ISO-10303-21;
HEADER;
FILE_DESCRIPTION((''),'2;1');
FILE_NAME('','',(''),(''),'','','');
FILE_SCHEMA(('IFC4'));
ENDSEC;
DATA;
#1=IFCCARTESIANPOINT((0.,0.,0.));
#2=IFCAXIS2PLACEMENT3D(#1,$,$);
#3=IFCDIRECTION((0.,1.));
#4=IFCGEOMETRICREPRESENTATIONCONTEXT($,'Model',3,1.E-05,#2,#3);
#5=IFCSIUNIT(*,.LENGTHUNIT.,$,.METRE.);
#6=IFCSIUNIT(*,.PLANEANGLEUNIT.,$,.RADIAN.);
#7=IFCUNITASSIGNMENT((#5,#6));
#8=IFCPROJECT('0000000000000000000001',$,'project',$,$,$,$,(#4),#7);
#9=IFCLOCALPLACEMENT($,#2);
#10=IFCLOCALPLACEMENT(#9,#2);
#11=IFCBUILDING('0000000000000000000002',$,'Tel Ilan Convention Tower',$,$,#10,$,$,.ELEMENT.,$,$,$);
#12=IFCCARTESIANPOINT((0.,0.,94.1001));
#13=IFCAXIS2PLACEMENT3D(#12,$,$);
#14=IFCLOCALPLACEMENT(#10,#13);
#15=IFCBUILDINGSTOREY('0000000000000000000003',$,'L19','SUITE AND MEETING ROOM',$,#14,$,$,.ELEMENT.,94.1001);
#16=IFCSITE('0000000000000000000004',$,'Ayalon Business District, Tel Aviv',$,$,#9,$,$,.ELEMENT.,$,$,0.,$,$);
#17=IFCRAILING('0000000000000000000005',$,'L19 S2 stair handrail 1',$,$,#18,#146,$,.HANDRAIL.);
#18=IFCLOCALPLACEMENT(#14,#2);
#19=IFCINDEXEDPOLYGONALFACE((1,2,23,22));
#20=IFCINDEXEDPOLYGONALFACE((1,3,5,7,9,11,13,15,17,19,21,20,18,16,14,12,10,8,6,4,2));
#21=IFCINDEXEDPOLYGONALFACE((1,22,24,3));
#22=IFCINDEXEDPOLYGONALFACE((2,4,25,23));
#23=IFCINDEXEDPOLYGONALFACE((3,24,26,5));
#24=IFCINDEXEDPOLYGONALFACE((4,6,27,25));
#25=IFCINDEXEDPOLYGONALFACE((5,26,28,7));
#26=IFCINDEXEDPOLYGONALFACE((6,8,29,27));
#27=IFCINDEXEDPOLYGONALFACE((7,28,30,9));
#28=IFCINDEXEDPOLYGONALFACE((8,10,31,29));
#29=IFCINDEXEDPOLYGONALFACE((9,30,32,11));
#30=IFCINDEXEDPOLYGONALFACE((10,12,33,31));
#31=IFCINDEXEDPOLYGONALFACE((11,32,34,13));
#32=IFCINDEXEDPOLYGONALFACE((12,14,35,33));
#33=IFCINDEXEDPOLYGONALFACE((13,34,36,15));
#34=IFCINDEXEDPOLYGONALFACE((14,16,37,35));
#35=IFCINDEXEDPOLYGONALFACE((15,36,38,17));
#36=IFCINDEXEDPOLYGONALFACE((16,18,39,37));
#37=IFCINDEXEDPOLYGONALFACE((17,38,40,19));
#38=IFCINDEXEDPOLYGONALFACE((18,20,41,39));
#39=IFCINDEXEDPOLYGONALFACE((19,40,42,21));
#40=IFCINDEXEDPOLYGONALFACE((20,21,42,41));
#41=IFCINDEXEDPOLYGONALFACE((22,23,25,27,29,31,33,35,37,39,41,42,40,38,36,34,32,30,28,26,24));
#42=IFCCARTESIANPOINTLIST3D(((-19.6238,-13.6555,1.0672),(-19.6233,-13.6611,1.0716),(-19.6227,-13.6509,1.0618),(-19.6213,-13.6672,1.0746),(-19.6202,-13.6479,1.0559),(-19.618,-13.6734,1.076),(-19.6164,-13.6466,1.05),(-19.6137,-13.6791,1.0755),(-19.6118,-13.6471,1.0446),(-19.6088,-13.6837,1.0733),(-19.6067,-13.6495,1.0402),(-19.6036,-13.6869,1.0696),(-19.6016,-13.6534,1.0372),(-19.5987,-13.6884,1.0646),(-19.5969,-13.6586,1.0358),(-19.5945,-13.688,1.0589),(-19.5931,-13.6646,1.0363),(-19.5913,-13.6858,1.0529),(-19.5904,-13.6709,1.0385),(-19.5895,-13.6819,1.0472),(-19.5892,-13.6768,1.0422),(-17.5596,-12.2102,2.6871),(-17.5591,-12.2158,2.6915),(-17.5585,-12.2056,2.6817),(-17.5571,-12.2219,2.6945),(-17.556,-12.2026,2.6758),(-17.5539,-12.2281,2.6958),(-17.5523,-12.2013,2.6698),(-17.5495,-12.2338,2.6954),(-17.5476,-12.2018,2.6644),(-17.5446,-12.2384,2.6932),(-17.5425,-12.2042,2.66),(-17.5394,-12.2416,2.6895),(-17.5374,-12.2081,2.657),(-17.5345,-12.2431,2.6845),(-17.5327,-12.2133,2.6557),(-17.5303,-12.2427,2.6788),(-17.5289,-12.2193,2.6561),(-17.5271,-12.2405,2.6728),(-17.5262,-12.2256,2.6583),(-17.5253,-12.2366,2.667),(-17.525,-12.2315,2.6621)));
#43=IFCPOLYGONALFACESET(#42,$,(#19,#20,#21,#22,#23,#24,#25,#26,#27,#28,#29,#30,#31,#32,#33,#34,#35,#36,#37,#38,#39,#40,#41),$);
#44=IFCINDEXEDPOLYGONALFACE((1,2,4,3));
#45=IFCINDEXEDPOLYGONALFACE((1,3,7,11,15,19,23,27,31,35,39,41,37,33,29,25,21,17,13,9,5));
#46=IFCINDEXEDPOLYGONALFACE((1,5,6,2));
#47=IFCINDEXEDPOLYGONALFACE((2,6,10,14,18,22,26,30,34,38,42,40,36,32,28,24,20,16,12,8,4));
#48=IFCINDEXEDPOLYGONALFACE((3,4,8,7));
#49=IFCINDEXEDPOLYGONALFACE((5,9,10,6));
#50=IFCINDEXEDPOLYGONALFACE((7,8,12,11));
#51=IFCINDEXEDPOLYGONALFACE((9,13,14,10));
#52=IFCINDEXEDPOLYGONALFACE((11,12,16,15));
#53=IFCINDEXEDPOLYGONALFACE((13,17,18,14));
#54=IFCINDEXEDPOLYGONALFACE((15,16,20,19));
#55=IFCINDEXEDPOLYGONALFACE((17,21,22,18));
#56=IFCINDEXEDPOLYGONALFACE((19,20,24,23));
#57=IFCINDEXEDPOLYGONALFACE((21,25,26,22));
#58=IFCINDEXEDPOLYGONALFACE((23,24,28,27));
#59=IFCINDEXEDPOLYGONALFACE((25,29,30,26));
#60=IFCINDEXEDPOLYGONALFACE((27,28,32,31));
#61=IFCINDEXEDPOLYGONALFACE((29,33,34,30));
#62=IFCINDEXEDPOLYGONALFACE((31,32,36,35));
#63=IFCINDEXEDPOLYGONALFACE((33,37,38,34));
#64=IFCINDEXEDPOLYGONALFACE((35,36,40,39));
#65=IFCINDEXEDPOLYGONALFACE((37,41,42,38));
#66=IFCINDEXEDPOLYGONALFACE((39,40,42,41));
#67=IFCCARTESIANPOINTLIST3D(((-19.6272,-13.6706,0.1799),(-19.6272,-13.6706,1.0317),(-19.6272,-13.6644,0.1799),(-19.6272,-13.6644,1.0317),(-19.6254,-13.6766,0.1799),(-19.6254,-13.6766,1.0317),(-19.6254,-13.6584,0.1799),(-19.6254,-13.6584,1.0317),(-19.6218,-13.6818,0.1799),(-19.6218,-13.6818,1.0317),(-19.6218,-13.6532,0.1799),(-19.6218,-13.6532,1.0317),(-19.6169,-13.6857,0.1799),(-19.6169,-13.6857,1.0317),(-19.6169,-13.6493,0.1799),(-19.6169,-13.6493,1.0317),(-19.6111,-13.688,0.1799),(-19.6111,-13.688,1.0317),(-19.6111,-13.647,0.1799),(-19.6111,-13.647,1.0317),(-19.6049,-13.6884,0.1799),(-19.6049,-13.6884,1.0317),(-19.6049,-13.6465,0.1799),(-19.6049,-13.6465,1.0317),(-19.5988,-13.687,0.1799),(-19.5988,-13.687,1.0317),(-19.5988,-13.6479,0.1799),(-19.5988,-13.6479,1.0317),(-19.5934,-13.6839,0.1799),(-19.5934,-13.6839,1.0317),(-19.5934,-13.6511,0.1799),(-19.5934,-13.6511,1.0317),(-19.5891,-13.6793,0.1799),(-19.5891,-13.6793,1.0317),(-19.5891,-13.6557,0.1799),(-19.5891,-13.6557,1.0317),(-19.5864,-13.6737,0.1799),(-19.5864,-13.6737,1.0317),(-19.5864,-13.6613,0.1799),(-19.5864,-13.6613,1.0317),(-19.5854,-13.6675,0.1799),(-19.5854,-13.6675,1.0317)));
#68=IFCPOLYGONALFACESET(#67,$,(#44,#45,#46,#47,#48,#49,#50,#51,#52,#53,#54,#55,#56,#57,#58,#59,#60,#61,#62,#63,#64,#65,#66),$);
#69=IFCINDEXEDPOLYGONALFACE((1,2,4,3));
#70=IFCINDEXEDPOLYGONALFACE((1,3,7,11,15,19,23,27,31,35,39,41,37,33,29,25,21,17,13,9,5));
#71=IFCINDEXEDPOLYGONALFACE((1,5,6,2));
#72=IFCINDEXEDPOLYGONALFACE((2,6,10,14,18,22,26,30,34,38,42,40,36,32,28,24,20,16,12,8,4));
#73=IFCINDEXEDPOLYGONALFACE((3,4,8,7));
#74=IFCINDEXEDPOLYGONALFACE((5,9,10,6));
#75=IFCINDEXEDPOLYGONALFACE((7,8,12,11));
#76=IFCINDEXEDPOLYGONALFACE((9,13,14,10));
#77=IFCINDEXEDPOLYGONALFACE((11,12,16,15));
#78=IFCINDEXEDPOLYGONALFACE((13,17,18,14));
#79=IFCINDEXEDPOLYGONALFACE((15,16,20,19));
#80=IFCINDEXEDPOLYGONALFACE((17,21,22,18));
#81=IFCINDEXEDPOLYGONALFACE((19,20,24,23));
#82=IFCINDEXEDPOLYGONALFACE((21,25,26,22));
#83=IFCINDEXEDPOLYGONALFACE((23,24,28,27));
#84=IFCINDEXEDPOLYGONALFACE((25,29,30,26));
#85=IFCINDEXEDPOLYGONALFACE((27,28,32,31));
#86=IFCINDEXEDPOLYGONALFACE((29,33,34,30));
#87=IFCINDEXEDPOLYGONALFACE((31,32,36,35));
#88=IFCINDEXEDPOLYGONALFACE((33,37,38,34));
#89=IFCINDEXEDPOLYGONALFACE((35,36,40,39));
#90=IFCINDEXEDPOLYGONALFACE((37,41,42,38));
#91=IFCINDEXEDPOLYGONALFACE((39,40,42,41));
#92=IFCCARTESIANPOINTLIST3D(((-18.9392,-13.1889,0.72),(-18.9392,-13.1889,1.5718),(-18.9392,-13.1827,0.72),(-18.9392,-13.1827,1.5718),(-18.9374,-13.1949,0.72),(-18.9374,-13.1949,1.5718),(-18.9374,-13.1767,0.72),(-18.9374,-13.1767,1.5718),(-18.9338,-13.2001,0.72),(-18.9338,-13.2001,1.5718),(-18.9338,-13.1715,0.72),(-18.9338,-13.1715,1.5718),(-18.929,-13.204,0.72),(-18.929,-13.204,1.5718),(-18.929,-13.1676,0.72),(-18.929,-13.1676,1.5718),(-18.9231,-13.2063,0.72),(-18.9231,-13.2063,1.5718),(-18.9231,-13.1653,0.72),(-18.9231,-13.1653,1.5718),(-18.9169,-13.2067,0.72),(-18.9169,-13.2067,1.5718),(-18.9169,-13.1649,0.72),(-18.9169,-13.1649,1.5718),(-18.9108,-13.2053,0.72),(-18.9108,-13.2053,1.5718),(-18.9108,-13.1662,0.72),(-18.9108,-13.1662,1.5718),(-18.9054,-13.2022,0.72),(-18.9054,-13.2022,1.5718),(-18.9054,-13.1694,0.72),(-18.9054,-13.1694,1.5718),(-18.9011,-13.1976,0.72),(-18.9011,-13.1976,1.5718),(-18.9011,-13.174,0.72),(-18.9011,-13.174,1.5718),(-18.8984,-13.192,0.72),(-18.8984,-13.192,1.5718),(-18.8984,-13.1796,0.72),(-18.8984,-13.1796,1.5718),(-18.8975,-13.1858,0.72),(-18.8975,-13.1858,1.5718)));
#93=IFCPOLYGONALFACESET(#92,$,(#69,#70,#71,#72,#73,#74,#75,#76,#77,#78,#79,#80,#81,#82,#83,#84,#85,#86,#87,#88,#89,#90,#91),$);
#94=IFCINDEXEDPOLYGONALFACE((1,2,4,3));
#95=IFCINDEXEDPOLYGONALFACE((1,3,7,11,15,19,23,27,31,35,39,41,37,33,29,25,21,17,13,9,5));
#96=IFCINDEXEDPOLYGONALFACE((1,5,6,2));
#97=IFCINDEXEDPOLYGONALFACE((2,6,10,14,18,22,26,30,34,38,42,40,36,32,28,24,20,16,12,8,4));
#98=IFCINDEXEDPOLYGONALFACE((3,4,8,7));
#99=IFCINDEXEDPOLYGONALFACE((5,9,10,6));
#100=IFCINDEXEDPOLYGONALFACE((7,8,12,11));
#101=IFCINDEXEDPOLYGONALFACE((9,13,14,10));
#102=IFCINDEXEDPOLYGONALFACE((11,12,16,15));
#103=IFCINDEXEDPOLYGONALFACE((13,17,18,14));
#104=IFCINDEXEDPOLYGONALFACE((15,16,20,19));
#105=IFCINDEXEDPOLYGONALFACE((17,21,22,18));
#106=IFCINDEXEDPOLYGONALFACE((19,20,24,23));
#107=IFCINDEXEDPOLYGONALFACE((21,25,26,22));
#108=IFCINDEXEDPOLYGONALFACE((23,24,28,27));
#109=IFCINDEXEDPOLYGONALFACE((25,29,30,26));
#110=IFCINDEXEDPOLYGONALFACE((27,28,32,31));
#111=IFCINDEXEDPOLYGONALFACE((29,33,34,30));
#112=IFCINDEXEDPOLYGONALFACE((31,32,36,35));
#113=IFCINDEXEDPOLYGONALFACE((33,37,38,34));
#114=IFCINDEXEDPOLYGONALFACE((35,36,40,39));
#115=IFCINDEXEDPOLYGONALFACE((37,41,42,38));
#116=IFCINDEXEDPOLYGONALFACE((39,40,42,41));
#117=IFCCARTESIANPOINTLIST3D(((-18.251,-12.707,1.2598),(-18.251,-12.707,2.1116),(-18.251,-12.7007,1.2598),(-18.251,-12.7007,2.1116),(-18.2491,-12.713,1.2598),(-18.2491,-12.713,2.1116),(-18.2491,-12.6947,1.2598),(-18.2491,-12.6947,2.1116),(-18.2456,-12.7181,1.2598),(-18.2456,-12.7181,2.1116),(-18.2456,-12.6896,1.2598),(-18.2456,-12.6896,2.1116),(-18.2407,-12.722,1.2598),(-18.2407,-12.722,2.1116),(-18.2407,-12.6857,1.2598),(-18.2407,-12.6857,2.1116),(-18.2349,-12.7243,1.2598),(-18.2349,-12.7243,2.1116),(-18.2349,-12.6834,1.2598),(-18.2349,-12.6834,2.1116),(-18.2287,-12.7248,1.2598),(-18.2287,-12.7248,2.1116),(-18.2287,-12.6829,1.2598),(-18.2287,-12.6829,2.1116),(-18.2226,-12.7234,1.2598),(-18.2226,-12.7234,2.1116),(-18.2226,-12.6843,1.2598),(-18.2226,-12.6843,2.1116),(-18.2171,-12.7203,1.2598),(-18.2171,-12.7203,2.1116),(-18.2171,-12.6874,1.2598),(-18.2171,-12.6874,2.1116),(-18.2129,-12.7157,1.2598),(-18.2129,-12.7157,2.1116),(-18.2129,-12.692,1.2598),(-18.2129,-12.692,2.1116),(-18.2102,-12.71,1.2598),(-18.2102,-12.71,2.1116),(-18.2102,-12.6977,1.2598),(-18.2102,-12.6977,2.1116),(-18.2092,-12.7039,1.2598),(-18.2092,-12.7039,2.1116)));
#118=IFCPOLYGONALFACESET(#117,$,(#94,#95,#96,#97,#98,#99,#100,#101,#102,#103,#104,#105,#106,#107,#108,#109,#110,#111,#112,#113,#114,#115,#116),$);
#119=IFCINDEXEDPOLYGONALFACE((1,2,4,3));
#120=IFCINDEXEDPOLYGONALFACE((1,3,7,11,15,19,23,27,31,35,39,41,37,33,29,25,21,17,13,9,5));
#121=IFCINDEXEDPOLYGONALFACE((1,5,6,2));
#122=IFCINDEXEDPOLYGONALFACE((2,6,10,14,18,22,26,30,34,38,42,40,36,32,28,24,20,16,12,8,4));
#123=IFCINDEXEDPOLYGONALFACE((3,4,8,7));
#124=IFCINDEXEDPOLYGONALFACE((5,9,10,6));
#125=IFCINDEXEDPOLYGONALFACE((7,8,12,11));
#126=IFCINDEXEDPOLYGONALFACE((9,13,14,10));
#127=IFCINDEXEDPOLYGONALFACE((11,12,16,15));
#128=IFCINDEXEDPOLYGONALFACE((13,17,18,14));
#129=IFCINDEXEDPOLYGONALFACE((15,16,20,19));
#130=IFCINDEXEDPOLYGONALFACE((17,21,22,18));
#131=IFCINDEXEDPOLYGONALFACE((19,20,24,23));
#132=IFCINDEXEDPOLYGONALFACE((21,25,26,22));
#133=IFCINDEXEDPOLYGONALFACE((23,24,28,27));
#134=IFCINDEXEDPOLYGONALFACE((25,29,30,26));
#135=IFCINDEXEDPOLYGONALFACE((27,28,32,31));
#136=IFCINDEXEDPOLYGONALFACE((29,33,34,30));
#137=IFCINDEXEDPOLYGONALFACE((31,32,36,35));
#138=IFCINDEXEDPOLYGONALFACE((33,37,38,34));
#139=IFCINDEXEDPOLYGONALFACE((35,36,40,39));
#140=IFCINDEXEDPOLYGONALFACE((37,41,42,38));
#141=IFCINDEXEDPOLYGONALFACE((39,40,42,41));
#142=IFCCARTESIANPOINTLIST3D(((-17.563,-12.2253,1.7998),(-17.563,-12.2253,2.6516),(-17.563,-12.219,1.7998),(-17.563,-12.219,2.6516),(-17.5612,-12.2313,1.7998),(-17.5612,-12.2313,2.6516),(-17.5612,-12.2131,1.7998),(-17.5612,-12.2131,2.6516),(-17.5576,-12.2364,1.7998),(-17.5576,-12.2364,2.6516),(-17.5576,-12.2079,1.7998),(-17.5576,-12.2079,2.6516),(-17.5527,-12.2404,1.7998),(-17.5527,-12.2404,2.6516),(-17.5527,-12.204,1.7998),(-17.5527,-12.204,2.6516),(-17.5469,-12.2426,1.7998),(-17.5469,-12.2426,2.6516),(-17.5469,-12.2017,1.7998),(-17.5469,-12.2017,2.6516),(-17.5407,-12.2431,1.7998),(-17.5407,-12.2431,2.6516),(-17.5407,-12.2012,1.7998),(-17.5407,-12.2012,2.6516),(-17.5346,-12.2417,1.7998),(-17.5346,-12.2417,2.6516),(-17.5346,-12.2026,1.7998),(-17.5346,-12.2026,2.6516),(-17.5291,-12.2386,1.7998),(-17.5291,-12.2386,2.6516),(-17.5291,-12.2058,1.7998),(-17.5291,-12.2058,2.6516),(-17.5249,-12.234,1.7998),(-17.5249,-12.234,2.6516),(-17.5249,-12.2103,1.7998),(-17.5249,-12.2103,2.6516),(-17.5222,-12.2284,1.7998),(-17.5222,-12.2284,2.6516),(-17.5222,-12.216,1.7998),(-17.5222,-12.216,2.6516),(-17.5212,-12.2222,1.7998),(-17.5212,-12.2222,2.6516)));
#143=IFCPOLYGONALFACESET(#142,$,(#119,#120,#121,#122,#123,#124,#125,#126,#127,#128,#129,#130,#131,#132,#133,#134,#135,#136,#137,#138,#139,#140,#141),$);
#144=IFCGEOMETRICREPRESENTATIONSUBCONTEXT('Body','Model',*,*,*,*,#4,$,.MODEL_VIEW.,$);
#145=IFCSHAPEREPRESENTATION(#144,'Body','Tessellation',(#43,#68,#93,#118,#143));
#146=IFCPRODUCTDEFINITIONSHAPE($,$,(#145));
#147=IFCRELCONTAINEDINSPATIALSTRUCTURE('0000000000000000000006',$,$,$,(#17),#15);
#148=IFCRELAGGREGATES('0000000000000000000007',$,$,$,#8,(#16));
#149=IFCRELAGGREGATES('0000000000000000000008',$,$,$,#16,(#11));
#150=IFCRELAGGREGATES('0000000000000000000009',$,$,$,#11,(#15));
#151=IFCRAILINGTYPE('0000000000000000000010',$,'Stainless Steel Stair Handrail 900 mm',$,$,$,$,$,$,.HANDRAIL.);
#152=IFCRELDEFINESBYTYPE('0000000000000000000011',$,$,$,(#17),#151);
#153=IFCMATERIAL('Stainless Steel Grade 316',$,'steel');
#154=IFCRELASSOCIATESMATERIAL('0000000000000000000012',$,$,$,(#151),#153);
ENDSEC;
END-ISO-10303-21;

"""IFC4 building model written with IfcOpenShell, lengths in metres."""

from ifc_helpers import new_model, si_unit, direction, frame, origin, origin_2d, place, context, subcontext, project, spatial, circle, extrude, material, type_object, element, save


model = new_model("IFC4")

# Units and contexts
model_context = context("Model", 3, precision=1e-05, world=origin(), true_north=direction((0.0, 1.0)))
body_context = subcontext(model_context, "Body", "Model", "MODEL_VIEW")
ifc_project = project(units=[si_unit("LENGTHUNIT", "METRE"), si_unit("PLANEANGLEUNIT", "RADIAN")], contexts=[model_context])

# Site, building, storey
site_placement = place(None, origin())
site = spatial("IfcSite", under=ifc_project, at=site_placement, Name="Ayalon Business District, Tel Aviv", CompositionType="ELEMENT", RefElevation=0.0)
building_placement = place(site_placement, origin())
building = spatial("IfcBuilding", under=site, at=building_placement, Name="Tel Ilan Convention Tower", CompositionType="ELEMENT")
storey_placement = place(building_placement, frame((0.0, 0.0, 94.1001)))
storey = spatial("IfcBuildingStorey", under=building, at=storey_placement, Name="L19", Description="SUITE AND MEETING ROOM", CompositionType="ELEMENT", Elevation=94.1001)

# Railing
ifc_material_1 = material(Name="Stainless Steel Grade 316", Category="steel")
railing_type_1 = type_object("IfcRailingType", Name="Stainless Steel Stair Handrail 900 mm", PredefinedType="HANDRAIL", material=ifc_material_1)
railing_1_placement = place(storey_placement, frame((-19.6064, -13.6675, 0.1799)))
element("IfcRailing", 1, at=railing_1_placement, inside=storey, type_object=railing_type_1, Name="L19 S2 stair handrail 1", PredefinedType="HANDRAIL", context=body_context, shape_type="SweptSolid", body=[
    extrude(circle(Radius=0.0239, at=origin_2d()), frame((0.0, 0.0, 0.876), z_axis=(0.68907, 0.482472, 0.540743), x_axis=(-0.57356, 0.819164, 0.0)), (0.0, 0.0, 1.0), 2.9956),
    extrude(circle(Radius=0.021, at=origin_2d()), origin(), (0.0, 0.0, 1.0), 0.8518),
    extrude(circle(Radius=0.021, at=origin_2d()), frame((0.688, 0.4817, 0.54)), (0.0, 0.0, 1.0), 0.8518),
    extrude(circle(Radius=0.021, at=origin_2d()), frame((1.3762, 0.9636, 1.0798)), (0.0, 0.0, 1.0), 0.8518),
    extrude(circle(Radius=0.021, at=origin_2d()), frame((2.0642, 1.4453, 1.6199)), (0.0, 0.0, 1.0), 0.8518),
])

save(model, "model.ifc")
